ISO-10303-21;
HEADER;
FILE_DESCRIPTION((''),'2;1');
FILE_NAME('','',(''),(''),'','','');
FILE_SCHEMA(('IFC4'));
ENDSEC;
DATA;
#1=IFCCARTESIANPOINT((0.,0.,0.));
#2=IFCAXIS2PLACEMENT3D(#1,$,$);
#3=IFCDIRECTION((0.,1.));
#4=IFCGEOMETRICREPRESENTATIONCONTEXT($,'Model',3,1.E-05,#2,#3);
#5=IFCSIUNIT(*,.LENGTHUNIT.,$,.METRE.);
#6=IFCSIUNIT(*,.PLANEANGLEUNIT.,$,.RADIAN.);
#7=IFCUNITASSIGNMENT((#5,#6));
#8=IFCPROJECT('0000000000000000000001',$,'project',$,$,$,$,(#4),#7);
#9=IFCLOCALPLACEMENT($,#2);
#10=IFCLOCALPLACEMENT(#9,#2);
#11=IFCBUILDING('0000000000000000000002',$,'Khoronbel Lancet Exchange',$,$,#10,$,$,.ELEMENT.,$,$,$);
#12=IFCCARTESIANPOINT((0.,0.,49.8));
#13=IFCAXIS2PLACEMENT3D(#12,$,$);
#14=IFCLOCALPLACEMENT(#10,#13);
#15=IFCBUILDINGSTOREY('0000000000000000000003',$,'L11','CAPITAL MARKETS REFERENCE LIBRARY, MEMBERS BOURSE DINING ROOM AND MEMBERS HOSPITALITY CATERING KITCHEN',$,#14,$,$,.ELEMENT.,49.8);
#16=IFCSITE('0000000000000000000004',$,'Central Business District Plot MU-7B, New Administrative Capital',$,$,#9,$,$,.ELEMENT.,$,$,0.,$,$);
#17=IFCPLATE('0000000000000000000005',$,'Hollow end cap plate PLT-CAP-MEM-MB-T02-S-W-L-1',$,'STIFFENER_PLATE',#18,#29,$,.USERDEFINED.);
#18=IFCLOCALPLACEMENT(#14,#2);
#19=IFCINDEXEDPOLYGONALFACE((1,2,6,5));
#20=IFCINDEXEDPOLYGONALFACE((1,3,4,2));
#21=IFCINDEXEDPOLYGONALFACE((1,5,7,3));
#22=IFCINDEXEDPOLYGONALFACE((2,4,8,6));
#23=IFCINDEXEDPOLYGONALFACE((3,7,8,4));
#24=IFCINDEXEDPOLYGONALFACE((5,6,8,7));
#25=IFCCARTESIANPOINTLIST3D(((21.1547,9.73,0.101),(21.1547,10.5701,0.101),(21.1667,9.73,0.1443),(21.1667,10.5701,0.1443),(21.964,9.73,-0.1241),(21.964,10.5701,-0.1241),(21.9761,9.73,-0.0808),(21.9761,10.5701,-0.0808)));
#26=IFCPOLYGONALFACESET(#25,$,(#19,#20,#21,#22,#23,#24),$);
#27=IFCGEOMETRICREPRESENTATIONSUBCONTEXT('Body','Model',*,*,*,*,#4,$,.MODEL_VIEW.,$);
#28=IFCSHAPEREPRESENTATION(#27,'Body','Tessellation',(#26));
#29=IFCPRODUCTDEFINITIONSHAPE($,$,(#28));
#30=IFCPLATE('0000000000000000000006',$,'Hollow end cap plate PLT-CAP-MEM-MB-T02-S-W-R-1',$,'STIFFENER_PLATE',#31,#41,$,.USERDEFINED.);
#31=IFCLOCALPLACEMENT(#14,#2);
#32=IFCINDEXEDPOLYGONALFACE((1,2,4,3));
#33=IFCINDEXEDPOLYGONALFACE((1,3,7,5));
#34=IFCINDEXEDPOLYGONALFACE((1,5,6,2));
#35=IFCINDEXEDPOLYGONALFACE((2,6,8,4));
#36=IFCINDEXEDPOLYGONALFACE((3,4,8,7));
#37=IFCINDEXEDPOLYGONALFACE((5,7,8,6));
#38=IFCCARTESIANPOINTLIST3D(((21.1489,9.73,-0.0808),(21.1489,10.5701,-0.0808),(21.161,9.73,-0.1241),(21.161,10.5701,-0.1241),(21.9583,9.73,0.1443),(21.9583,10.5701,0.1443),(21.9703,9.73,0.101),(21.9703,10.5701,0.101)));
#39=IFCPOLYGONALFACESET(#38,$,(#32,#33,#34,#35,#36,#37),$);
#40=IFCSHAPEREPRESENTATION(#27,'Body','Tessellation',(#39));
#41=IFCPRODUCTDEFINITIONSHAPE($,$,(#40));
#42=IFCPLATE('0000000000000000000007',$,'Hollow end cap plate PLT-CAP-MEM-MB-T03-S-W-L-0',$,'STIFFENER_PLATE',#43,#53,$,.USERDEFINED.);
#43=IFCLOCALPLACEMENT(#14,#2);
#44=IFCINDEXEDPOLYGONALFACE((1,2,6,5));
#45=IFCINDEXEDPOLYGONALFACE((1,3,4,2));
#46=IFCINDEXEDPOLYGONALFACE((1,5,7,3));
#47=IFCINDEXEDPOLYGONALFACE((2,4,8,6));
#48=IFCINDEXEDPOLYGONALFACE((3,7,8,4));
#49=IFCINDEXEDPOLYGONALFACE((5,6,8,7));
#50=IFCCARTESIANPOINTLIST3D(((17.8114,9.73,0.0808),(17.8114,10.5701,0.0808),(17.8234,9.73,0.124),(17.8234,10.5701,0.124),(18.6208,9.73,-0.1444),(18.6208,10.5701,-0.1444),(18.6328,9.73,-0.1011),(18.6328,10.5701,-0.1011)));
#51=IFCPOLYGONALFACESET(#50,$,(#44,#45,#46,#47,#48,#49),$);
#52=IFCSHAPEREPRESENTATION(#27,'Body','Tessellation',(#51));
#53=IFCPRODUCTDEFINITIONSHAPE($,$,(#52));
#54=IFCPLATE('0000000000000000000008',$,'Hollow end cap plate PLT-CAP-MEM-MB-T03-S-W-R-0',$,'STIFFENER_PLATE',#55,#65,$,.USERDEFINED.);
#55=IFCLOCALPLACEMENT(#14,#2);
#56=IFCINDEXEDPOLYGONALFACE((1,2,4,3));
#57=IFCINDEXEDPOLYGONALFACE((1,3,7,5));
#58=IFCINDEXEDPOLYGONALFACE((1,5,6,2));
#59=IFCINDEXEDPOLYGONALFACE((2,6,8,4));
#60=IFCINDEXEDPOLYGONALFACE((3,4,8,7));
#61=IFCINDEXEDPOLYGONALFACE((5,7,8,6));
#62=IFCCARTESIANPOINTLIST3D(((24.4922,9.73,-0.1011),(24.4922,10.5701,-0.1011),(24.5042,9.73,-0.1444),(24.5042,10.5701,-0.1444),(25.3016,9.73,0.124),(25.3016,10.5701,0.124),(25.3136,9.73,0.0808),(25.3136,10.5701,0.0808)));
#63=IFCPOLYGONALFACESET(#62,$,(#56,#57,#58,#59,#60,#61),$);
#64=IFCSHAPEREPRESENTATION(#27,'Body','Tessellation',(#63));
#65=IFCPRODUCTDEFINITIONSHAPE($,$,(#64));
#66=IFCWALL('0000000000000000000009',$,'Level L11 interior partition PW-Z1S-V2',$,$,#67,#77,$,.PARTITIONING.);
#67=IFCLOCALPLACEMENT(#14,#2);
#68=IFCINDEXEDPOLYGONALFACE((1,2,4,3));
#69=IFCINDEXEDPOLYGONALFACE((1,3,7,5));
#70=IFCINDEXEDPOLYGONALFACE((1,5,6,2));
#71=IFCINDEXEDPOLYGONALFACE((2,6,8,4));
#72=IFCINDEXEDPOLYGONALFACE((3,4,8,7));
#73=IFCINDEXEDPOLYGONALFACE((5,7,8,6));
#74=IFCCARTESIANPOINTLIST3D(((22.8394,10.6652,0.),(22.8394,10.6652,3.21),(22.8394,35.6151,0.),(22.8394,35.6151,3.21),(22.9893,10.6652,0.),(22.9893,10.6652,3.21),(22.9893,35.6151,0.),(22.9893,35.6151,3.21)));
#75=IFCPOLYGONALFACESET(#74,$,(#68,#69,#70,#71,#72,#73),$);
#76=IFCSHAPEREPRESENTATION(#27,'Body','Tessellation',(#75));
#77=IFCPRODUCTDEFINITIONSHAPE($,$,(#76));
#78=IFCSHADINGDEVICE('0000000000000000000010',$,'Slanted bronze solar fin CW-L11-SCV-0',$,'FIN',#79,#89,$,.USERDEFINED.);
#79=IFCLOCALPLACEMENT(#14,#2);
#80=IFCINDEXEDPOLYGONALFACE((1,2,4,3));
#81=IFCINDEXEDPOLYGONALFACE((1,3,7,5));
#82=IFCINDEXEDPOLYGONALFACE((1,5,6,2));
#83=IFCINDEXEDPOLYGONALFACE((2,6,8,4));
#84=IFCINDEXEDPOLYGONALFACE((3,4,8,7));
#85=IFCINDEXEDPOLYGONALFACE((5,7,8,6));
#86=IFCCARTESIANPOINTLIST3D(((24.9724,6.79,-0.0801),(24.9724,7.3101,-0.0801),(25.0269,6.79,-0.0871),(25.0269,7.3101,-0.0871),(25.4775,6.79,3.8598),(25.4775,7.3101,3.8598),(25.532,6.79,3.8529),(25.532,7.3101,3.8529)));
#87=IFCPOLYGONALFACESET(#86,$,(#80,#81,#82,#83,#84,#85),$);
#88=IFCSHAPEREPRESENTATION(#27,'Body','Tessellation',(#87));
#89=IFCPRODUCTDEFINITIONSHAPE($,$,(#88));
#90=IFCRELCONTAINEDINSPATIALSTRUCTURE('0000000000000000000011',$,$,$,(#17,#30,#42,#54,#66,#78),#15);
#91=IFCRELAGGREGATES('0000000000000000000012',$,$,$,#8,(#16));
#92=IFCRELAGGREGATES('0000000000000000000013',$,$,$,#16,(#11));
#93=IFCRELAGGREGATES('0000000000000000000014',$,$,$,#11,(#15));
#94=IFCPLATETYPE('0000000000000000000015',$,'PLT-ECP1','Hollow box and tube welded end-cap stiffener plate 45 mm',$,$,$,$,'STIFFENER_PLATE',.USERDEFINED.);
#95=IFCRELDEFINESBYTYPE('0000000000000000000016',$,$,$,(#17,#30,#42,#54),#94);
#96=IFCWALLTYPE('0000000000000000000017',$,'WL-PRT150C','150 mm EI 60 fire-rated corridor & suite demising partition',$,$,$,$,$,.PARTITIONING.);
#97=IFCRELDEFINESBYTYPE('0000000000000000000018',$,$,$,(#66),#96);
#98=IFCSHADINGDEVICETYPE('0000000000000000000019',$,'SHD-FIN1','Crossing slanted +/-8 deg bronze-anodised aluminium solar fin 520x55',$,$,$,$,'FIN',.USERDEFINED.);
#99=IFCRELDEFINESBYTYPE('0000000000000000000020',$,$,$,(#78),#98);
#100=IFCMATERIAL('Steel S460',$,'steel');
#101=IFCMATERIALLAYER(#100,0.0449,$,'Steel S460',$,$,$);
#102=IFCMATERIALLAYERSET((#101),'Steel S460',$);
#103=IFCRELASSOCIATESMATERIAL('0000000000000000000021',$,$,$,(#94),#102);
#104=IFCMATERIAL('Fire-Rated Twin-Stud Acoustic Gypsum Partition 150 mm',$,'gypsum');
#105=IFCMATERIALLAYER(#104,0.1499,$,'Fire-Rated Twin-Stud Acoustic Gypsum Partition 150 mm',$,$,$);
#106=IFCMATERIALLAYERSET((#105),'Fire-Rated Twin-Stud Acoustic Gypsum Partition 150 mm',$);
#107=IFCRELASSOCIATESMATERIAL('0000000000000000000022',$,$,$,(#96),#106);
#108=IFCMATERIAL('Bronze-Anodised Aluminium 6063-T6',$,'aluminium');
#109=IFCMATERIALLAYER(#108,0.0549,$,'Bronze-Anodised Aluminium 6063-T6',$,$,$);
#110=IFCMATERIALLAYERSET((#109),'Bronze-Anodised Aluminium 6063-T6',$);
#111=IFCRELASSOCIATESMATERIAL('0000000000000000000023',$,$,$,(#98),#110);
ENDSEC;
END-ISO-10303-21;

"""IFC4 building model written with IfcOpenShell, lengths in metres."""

from ifc_helpers import new_model, si_unit, direction, frame, frame_2d, origin, place, context, subcontext, project, spatial, polyline, rectangle, outline, extrude, material, layer, layer_set, type_object, element, save


model = new_model("IFC4")

# Units and contexts
model_context = context("Model", 3, precision=1e-05, world=origin(), true_north=direction((0.0, 1.0)))
body_context = subcontext(model_context, "Body", "Model", "MODEL_VIEW")
ifc_project = project(units=[si_unit("LENGTHUNIT", "METRE"), si_unit("PLANEANGLEUNIT", "RADIAN")], contexts=[model_context])

# Site, building, storey
site_placement = place(None, origin())
site = spatial("IfcSite", under=ifc_project, at=site_placement, Name="Central Business District Plot MU-7B, New Administrative Capital", CompositionType="ELEMENT", RefElevation=0.0)
building_placement = place(site_placement, origin())
building = spatial("IfcBuilding", under=site, at=building_placement, Name="Khoronbel Lancet Exchange", CompositionType="ELEMENT")
storey_placement = place(building_placement, frame((0.0, 0.0, 49.8)))
storey = spatial("IfcBuildingStorey", under=building, at=storey_placement, Name="L11", Description="CAPITAL MARKETS REFERENCE LIBRARY, MEMBERS BOURSE DINING ROOM AND MEMBERS HOSPITALITY CATERING KITCHEN", CompositionType="ELEMENT", Elevation=49.8)

# Shared definitions
ifc_material_1 = material(Name="Steel S460", Category="steel")

# Shared definitions
ifc_material_2 = material(Name="Bronze-Anodised Aluminium 6063-T6", Category="aluminium")

# Plates
ifc_layer_1 = layer(ifc_material_1, 0.0449, Name="Steel S460")
ifc_layer_set_1 = layer_set([ifc_layer_1], Name="Steel S460")
plate_type_1 = type_object("IfcPlateType", Name="PLT-ECP1", Description="Hollow box and tube welded end-cap stiffener plate 45 mm", ElementType="STIFFENER_PLATE", PredefinedType="USERDEFINED", material=ifc_layer_set_1)
for number, where, z_axis, x_axis, name in (
    (1, (21.9761, 9.73, -0.0808), (0.267959, 0.0, 0.96343), (0.0, 1.0, 0.0), "Hollow end cap plate PLT-CAP-MEM-MB-T02-S-W-L-1"),
    (2, (21.1489, 10.5701, -0.0808), (-0.267959, 0.0, 0.96343), (0.0, -1.0, 0.0), "Hollow end cap plate PLT-CAP-MEM-MB-T02-S-W-R-1"),
    (3, (18.6328, 9.73, -0.1011), (0.267959, 0.0, 0.96343), (0.0, 1.0, 0.0), "Hollow end cap plate PLT-CAP-MEM-MB-T03-S-W-L-0"),
    (4, (24.4922, 10.5701, -0.1011), (-0.267959, 0.0, 0.96343), (0.0, -1.0, 0.0), "Hollow end cap plate PLT-CAP-MEM-MB-T03-S-W-R-0"),
):
    element("IfcPlate", number, at=place(storey_placement, frame(where, z_axis=z_axis, x_axis=x_axis)), inside=storey, type_object=plate_type_1, Name=name, ObjectType="STIFFENER_PLATE", PredefinedType="USERDEFINED", context=body_context, shape_type="SweptSolid", body=[
        extrude(outline(polyline([(0.0, 0.0), (0.8401, 0.0), (0.8401, 0.8401), (0.0, 0.8401), (0.0, 0.0)])), origin(), (0.0, 0.0, -1.0), 0.0449),
    ])

# Wall
ifc_material_3 = material(Name="Fire-Rated Twin-Stud Acoustic Gypsum Partition 150 mm", Category="gypsum")
ifc_layer_2 = layer(ifc_material_3, 0.1499, Name="Fire-Rated Twin-Stud Acoustic Gypsum Partition 150 mm")
ifc_layer_set_2 = layer_set([ifc_layer_2], Name="Fire-Rated Twin-Stud Acoustic Gypsum Partition 150 mm")
wall_type = type_object("IfcWallType", Name="WL-PRT150C", Description="150 mm EI 60 fire-rated corridor & suite demising partition", PredefinedType="PARTITIONING", material=ifc_layer_set_2)
wall_placement = place(storey_placement, frame((22.9143, 10.665, 0.0), z_axis=(0.0, 0.0, 1.0), x_axis=(0.0, 1.0, 0.0)))
element("IfcWall", 5, at=wall_placement, inside=storey, type_object=wall_type, Name="Level L11 interior partition PW-Z1S-V2", PredefinedType="PARTITIONING", context=body_context, shape_type="SweptSolid", body=[
    extrude(rectangle(XDim=24.95, YDim=0.1499, at=frame_2d((12.4751, 0.0))), origin(), (0.0, 0.0, 1.0), 3.21),
])

# Shading device
ifc_layer_3 = layer(ifc_material_2, 0.0549, Name="Bronze-Anodised Aluminium 6063-T6")
ifc_layer_set_3 = layer_set([ifc_layer_3], Name="Bronze-Anodised Aluminium 6063-T6")
shading_device_type = type_object("IfcShadingDeviceType", Name="SHD-FIN1", Description="Crossing slanted +/-8 deg bronze-anodised aluminium solar fin 520x55", ElementType="FIN", PredefinedType="USERDEFINED", material=ifc_layer_set_3)
shading_device_placement = place(storey_placement, frame((24.9724, 7.3101, -0.0801), z_axis=(-0.991881, 0.0, 0.127166), x_axis=(0.0, -1.0, 0.0)))
element("IfcShadingDevice", 6, at=shading_device_placement, inside=storey, type_object=shading_device_type, Name="Slanted bronze solar fin CW-L11-SCV-0", ObjectType="FIN", PredefinedType="USERDEFINED", context=body_context, shape_type="SweptSolid", body=[
    extrude(outline(polyline([(0.0, 0.0), (0.52, 0.0), (0.52, 3.9722), (0.0, 3.9722), (0.0, 0.0)])), origin(), (0.0, 0.0, -1.0), 0.0549),
])

save(model, "model.ifc")
